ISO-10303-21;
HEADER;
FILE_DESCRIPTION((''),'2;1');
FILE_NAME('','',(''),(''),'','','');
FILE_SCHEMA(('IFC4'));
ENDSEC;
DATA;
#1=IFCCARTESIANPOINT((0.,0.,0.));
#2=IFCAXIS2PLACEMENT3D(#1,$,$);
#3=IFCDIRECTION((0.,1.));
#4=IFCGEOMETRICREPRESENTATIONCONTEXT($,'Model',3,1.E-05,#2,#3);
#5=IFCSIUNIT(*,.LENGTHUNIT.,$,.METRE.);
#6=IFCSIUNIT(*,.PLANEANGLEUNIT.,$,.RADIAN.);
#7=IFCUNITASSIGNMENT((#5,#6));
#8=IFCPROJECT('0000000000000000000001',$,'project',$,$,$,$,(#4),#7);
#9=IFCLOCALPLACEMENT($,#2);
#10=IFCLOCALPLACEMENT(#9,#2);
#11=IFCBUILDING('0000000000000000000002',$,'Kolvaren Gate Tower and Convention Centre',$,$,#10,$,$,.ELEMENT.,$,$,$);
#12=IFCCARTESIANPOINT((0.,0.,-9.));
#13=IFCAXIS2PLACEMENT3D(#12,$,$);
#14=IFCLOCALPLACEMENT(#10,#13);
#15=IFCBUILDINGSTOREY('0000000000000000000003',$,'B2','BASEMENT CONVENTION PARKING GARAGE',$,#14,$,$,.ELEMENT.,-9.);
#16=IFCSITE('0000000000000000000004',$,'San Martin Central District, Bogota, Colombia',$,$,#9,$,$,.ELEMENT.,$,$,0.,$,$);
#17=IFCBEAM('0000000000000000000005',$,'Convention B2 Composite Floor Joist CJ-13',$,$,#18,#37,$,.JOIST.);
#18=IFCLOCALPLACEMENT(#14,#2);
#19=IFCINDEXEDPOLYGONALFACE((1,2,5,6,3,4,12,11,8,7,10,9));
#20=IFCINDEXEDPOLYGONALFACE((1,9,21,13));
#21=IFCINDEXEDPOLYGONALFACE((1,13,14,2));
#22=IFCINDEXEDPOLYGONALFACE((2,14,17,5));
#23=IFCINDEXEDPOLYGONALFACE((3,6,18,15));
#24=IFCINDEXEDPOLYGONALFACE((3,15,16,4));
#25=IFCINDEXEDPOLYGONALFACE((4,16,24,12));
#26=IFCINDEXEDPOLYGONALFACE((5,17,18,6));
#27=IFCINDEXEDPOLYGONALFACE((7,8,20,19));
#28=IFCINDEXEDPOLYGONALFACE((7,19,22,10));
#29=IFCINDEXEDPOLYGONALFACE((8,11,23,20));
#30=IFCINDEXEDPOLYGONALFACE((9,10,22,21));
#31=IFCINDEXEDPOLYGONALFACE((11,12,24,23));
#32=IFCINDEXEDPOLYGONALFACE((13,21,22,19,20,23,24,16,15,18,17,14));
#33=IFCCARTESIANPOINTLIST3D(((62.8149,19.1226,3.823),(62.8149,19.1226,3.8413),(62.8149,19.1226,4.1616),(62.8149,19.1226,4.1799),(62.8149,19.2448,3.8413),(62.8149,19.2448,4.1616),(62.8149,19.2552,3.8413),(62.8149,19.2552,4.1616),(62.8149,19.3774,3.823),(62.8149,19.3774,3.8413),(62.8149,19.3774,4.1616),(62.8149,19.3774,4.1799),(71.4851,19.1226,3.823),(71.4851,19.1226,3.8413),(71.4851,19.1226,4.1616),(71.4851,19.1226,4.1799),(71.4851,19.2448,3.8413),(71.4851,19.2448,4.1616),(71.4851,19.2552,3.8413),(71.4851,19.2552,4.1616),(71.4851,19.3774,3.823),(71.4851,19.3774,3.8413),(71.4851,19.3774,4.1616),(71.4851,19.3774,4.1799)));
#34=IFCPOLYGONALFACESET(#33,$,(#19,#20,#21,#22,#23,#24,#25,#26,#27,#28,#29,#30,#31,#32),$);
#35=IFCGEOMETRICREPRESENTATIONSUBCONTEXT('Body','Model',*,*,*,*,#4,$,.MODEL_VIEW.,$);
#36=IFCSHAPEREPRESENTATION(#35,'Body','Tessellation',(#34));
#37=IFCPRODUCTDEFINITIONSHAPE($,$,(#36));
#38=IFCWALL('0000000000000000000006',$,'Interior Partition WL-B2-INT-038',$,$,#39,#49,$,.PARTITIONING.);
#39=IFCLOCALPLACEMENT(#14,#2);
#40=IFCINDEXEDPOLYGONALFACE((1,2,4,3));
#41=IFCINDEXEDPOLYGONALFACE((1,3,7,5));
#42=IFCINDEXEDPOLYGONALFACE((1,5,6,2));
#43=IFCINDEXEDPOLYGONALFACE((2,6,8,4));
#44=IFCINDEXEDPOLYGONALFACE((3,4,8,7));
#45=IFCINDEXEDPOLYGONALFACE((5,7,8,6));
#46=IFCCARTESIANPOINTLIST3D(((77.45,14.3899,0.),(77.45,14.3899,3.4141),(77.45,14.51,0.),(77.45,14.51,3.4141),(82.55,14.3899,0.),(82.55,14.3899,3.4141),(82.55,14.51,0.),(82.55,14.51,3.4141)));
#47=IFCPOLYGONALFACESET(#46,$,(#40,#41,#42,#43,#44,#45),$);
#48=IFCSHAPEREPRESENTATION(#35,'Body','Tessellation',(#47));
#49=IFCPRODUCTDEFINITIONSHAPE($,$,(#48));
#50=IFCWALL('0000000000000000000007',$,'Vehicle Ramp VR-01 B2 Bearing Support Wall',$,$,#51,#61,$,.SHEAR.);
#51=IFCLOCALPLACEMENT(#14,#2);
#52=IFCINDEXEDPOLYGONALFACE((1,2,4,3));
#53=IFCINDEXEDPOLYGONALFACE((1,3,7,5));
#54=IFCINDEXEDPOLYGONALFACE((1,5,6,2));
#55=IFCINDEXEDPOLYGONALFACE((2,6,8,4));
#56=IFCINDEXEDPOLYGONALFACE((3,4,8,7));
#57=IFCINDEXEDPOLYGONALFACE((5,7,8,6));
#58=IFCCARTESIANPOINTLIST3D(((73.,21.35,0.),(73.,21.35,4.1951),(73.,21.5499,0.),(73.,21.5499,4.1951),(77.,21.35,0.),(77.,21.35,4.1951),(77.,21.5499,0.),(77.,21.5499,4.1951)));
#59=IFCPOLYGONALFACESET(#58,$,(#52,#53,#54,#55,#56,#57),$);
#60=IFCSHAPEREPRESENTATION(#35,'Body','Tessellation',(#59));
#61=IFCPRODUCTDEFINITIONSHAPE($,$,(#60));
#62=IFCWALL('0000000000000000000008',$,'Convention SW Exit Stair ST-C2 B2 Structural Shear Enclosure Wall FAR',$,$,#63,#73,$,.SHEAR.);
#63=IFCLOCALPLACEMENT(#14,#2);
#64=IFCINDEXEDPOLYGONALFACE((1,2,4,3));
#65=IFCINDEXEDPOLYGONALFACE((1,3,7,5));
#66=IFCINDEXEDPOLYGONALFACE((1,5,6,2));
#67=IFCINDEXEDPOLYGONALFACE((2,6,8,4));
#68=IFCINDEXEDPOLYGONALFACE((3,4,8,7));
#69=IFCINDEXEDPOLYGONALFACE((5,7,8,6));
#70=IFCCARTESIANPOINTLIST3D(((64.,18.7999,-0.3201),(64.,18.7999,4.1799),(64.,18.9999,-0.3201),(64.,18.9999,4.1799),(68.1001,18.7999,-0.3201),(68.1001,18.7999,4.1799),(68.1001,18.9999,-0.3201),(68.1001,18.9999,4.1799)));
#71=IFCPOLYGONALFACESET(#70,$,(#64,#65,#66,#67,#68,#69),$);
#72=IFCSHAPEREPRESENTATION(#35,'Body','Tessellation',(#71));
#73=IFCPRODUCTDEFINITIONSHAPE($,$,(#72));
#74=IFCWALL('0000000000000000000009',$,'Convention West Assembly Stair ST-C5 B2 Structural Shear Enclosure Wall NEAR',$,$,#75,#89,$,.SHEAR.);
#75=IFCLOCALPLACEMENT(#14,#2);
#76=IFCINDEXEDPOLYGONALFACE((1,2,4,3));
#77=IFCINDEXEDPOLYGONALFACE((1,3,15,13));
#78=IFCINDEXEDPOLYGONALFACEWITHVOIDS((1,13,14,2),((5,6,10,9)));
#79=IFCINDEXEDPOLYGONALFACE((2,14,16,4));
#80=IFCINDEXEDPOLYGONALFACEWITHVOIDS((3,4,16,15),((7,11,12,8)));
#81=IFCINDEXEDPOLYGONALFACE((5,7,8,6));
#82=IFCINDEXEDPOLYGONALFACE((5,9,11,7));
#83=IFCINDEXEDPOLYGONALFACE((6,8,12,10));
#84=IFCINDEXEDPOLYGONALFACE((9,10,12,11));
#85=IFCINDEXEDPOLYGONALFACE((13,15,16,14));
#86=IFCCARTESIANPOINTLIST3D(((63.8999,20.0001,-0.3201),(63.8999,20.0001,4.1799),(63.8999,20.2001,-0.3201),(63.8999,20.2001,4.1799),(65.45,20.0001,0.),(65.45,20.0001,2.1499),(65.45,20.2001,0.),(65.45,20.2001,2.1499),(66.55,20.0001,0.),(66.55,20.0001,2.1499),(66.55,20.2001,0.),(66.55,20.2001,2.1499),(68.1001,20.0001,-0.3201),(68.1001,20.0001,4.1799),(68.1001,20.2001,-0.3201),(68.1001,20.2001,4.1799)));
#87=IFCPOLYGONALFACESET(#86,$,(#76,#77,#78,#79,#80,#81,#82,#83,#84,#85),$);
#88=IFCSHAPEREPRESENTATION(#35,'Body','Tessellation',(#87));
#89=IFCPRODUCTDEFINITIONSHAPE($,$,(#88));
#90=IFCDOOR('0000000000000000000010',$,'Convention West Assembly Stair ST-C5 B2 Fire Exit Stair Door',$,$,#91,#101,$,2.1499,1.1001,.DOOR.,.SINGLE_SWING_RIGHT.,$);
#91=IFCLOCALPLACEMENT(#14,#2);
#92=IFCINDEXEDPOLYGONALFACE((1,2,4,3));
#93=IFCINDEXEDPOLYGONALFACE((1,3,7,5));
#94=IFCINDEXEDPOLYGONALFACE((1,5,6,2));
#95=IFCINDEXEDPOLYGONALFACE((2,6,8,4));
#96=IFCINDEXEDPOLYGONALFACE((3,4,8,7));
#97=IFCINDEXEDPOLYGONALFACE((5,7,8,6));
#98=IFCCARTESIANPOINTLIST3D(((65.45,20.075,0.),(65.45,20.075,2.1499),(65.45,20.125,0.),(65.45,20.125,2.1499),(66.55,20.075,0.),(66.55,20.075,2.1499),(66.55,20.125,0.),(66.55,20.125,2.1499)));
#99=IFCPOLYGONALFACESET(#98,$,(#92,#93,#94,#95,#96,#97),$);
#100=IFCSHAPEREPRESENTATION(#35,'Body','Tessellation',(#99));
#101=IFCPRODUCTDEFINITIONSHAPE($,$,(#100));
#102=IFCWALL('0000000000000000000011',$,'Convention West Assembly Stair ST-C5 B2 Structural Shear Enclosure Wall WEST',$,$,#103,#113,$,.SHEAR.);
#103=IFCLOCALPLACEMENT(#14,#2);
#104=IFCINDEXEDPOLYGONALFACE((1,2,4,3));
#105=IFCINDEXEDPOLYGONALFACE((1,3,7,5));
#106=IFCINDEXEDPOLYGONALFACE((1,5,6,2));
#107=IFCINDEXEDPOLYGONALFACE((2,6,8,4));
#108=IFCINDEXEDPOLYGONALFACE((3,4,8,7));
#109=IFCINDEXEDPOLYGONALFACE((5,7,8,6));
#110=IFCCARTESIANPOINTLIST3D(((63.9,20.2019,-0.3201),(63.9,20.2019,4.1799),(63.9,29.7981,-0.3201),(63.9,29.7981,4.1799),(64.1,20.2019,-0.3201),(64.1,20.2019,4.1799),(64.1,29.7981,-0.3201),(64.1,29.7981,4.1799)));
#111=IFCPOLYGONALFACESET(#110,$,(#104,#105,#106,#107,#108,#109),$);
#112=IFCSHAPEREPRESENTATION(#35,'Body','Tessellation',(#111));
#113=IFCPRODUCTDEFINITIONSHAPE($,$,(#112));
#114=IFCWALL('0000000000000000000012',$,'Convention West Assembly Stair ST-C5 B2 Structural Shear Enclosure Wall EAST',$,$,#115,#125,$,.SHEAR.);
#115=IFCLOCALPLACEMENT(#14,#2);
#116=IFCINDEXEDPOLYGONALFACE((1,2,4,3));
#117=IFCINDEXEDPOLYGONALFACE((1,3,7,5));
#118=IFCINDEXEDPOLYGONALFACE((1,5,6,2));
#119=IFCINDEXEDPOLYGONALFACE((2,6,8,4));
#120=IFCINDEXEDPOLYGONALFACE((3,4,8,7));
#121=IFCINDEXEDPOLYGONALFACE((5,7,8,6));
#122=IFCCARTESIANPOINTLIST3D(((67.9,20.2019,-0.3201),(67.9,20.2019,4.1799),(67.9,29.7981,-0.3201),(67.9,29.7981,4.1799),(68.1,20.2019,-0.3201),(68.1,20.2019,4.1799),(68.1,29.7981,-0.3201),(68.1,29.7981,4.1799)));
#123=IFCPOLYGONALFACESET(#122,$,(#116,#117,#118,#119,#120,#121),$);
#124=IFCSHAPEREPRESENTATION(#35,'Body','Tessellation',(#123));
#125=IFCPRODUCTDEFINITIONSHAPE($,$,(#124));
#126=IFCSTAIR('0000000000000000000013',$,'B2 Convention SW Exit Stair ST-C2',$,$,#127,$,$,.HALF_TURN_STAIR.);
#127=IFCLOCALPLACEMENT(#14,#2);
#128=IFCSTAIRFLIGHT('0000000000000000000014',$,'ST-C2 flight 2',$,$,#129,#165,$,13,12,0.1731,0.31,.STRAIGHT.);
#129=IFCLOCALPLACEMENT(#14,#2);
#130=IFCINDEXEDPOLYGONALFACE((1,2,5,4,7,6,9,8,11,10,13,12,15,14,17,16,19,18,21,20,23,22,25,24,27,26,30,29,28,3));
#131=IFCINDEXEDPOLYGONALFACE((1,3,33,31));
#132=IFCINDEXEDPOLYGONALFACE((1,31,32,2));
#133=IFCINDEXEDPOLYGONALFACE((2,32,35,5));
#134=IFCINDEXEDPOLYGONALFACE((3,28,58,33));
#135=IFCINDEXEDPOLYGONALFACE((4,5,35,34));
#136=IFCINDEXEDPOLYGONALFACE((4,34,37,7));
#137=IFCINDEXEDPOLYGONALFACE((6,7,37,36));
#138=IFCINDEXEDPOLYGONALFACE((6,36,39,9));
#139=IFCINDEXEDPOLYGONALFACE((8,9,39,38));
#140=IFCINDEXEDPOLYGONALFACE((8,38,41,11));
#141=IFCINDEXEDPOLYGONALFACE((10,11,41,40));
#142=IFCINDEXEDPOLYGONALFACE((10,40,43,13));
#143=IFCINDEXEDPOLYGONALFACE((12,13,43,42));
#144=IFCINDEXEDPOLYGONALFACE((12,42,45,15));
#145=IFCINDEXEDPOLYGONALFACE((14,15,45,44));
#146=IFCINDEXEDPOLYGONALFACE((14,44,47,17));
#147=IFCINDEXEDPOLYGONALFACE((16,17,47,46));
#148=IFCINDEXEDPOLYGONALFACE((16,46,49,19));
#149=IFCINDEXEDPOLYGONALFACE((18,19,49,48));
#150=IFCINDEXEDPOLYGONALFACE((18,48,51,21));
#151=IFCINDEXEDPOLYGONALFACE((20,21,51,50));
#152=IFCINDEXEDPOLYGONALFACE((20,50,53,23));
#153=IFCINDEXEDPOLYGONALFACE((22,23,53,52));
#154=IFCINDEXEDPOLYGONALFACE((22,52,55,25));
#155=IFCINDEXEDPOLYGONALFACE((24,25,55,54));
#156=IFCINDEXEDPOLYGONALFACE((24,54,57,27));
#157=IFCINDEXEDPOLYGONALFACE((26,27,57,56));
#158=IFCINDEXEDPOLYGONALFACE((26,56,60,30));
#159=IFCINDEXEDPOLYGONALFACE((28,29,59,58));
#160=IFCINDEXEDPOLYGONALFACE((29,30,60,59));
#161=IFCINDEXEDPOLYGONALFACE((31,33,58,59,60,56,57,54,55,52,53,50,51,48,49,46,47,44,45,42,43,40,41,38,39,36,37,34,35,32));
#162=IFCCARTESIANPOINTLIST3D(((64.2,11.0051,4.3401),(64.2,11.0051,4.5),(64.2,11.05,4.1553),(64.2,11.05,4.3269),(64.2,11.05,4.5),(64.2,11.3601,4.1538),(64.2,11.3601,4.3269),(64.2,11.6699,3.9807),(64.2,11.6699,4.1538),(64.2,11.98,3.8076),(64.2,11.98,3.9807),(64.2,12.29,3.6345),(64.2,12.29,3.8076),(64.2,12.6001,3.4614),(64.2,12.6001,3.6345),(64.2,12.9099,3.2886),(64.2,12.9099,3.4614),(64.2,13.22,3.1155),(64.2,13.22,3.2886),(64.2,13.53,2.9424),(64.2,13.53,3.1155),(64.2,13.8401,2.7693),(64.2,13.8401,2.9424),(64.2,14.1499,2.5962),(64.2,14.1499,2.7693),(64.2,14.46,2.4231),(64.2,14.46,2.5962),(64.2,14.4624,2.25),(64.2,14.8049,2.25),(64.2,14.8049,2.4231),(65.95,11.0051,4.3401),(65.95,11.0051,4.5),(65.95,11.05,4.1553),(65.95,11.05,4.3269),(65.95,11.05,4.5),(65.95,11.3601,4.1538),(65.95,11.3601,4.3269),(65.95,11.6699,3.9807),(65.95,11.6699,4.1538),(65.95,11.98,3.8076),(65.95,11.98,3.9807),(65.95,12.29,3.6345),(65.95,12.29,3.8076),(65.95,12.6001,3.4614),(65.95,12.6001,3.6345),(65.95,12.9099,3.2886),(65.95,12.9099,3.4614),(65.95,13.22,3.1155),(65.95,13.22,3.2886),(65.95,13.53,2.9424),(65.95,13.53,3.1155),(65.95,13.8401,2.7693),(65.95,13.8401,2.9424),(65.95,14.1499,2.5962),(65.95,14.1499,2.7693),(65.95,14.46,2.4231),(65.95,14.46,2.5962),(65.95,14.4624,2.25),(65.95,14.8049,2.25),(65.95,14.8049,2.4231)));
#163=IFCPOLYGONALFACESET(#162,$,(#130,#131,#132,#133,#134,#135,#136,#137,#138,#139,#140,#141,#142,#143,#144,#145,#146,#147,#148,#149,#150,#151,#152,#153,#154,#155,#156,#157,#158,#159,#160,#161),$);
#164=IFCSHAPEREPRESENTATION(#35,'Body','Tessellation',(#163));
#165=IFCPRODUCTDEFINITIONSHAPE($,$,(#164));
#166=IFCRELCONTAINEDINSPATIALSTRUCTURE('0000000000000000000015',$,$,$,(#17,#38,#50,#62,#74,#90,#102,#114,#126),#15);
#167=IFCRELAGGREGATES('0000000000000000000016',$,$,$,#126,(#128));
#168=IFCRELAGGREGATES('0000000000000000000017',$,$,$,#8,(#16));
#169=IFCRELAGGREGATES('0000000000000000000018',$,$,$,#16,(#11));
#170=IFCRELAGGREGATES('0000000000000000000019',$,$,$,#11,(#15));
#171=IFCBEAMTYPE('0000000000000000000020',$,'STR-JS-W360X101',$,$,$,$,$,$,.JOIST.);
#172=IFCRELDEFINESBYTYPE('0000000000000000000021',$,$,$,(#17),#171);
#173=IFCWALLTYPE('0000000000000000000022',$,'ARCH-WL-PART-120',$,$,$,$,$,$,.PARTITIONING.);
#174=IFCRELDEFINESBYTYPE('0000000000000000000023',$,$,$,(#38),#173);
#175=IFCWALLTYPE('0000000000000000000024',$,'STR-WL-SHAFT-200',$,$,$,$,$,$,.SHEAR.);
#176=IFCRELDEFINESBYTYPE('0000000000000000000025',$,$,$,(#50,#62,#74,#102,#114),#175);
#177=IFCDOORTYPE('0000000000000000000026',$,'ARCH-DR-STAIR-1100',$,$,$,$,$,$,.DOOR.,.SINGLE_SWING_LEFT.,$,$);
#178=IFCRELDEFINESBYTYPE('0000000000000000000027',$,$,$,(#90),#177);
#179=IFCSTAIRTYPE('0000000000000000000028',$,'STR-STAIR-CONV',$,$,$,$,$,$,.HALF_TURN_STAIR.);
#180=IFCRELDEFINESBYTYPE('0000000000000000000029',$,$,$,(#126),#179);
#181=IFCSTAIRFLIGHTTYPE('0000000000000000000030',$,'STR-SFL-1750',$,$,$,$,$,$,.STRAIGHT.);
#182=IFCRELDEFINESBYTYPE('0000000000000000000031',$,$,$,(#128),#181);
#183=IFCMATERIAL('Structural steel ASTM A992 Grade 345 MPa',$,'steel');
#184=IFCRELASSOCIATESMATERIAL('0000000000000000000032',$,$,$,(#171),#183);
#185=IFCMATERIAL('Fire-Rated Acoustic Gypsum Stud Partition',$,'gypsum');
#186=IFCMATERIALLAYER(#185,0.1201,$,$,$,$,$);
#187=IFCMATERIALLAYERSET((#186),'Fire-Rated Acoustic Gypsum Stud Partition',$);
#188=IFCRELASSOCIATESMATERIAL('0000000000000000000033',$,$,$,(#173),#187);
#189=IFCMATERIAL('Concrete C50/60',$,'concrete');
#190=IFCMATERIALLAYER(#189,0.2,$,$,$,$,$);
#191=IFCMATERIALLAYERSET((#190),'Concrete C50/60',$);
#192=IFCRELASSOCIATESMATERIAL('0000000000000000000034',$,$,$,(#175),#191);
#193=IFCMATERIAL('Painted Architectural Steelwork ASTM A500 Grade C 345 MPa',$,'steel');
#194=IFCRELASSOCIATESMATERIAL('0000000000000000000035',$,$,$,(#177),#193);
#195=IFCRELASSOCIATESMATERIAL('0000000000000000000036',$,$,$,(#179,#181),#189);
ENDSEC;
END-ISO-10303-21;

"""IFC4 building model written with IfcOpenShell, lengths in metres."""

from ifc_helpers import new_model, si_unit, direction, frame, frame_2d, origin, origin_2d, place, context, subcontext, project, spatial, polyline, rectangle, i_section, outline, extrude, material, layer, layer_set, material_profile, profile_set, type_object, element, fill, aggregate, save


model = new_model("IFC4")

# Units and contexts
model_context = context("Model", 3, precision=1e-05, world=origin(), true_north=direction((0.0, 1.0)))
body_context = subcontext(model_context, "Body", "Model", "MODEL_VIEW")
ifc_project = project(units=[si_unit("LENGTHUNIT", "METRE"), si_unit("PLANEANGLEUNIT", "RADIAN")], contexts=[model_context])

# Site, building, storey
site_placement = place(None, origin())
site = spatial("IfcSite", under=ifc_project, at=site_placement, Name="San Martin Central District, Bogota, Colombia", CompositionType="ELEMENT", RefElevation=0.0)
building_placement = place(site_placement, origin())
building = spatial("IfcBuilding", under=site, at=building_placement, Name="Kolvaren Gate Tower and Convention Centre", CompositionType="ELEMENT")
storey_placement = place(building_placement, frame((0.0, 0.0, -9.0)))
storey = spatial("IfcBuildingStorey", under=building, at=storey_placement, Name="B2", Description="BASEMENT CONVENTION PARKING GARAGE", CompositionType="ELEMENT", Elevation=-9.0)

# Beam
ifc_material_1 = material(Name="Structural steel ASTM A992 Grade 345 MPa", Category="steel")
ifc_material_profile_1 = material_profile(ifc_material_1, i_section(OverallWidth=0.2549, OverallDepth=0.3569, WebThickness=0.0105, FlangeThickness=0.0183, at=origin_2d()), Name="W360X101")
ifc_profile_set_1 = profile_set([ifc_material_profile_1], Name="Structural steel ASTM A992 Grade 345 MPa")
beam_type_1 = type_object("IfcBeamType", Name="STR-JS-W360X101", PredefinedType="JOIST", material=ifc_profile_set_1)
beam_1_placement = place(storey_placement, frame((62.8149, 19.25, 4.0015), z_axis=(1.0, 0.0, 0.0), x_axis=(0.0, 1.0, 0.0)))
element("IfcBeam", 1, at=beam_1_placement, inside=storey, type_object=beam_type_1, Name="Convention B2 Composite Floor Joist CJ-13", PredefinedType="JOIST", context=body_context, shape_type="SweptSolid", body=[
    extrude(i_section(OverallWidth=0.2549, OverallDepth=0.3569, WebThickness=0.0105, FlangeThickness=0.0183, at=origin_2d()), origin(), (0.0, 0.0, 1.0), 8.6702),
])

# Walls
ifc_material_2 = material(Name="Fire-Rated Acoustic Gypsum Stud Partition", Category="gypsum")
ifc_layer_1 = layer(ifc_material_2, 0.1201)
ifc_layer_set_1 = layer_set([ifc_layer_1], Name="Fire-Rated Acoustic Gypsum Stud Partition")
wall_type_1 = type_object("IfcWallType", Name="ARCH-WL-PART-120", PredefinedType="PARTITIONING", material=ifc_layer_set_1)
wall_1_placement = place(storey_placement, frame((77.45, 14.45, 0.0), z_axis=(0.0, 0.0, 1.0), x_axis=(1.0, 0.0, 0.0)))
element("IfcWall", 2, at=wall_1_placement, inside=storey, type_object=wall_type_1, Name="Interior Partition WL-B2-INT-038", PredefinedType="PARTITIONING", context=body_context, shape_type="SweptSolid", body=[
    extrude(rectangle(XDim=5.1001, YDim=0.1201, at=frame_2d((2.55, 0.0))), origin(), (0.0, 0.0, 1.0), 3.4141),
])
ifc_material_3 = material(Name="Concrete C50/60", Category="concrete")
ifc_layer_2 = layer(ifc_material_3, 0.2)
ifc_layer_set_2 = layer_set([ifc_layer_2], Name="Concrete C50/60")
wall_type_2 = type_object("IfcWallType", Name="STR-WL-SHAFT-200", PredefinedType="SHEAR", material=ifc_layer_set_2)
wall_2_placement = place(storey_placement, frame((73.0, 21.45, 0.0), z_axis=(0.0, 0.0, 1.0), x_axis=(1.0, 0.0, 0.0)))
element("IfcWall", 3, at=wall_2_placement, inside=storey, type_object=wall_type_2, Name="Vehicle Ramp VR-01 B2 Bearing Support Wall", PredefinedType="SHEAR", context=body_context, shape_type="SweptSolid", body=[
    extrude(rectangle(XDim=4.0, YDim=0.2, at=frame_2d((2.0, 0.0))), origin(), (0.0, 0.0, 1.0), 4.1951),
])
wall_3_placement = place(storey_placement, frame((64.0, 18.8999, -0.3201), z_axis=(0.0, 0.0, 1.0), x_axis=(1.0, 0.0, 0.0)))
element("IfcWall", 4, at=wall_3_placement, inside=storey, type_object=wall_type_2, Name="Convention SW Exit Stair ST-C2 B2 Structural Shear Enclosure Wall FAR", PredefinedType="SHEAR", context=body_context, shape_type="SweptSolid", body=[
    extrude(rectangle(XDim=4.1001, YDim=0.2, at=frame_2d((2.05, 0.0))), origin(), (0.0, 0.0, 1.0), 4.5),
])

# Wall, opening, door
wall_4_placement = place(storey_placement, frame((63.8999, 20.1001, -0.3201), z_axis=(0.0, 0.0, 1.0), x_axis=(1.0, 0.0, 0.0)))
wall_4 = element("IfcWall", 5, at=wall_4_placement, inside=storey, type_object=wall_type_2, Name="Convention West Assembly Stair ST-C5 B2 Structural Shear Enclosure Wall NEAR", PredefinedType="SHEAR", context=body_context, shape_type="SweptSolid", body=[
    extrude(rectangle(XDim=4.2002, YDim=0.2, at=frame_2d((2.1001, 0.0))), origin(), (0.0, 0.0, 1.0), 4.5),
])
opening_placement = place(wall_4_placement, frame((1.55, 0.0, 0.3201)))
opening = element("IfcOpeningElement", 6, at=opening_placement, cuts=wall_4, PredefinedType="OPENING", context=body_context, shape_type="SweptSolid", body=[
    extrude(rectangle(XDim=1.1001, YDim=2.1499, at=frame_2d((0.55, 1.075))), frame((0.0, 0.1099, 0.0), z_axis=(0.0, -1.0, 0.0), x_axis=(1.0, 0.0, 0.0)), (0.0, 0.0, 1.0), 0.22),
])
ifc_material_4 = material(Name="Painted Architectural Steelwork ASTM A500 Grade C 345 MPa", Category="steel")
door_type = type_object("IfcDoorType", Name="ARCH-DR-STAIR-1100", OperationType="SINGLE_SWING_LEFT", PredefinedType="DOOR", material=ifc_material_4)
door_placement = place(opening_placement, origin())
door = element("IfcDoor", 7, at=door_placement, inside=storey, type_object=door_type, Name="Convention West Assembly Stair ST-C5 B2 Fire Exit Stair Door", OperationType="SINGLE_SWING_RIGHT", OverallHeight=2.1499, OverallWidth=1.1001, PredefinedType="DOOR", context=body_context, shape_type="SweptSolid", body=[
    extrude(rectangle(XDim=1.1001, YDim=2.1499, at=frame_2d((0.55, 1.075))), frame((0.0, 0.0249, 0.0), z_axis=(0.0, -1.0, 0.0), x_axis=(1.0, 0.0, 0.0)), (0.0, 0.0, 1.0), 0.05),
])
fill(opening, door)

# Walls
for number, where, z_axis, x_axis, name in (
    (8, (64.0, 20.2019, -0.3201), (0.0, 0.0, 1.0), (0.0, 1.0, 0.0), "Convention West Assembly Stair ST-C5 B2 Structural Shear Enclosure Wall WEST"),
    (9, (68.0, 20.2019, -0.3201), (0.0, 0.0, 1.0), (0.0, 1.0, 0.0), "Convention West Assembly Stair ST-C5 B2 Structural Shear Enclosure Wall EAST"),
):
    element("IfcWall", number, at=place(storey_placement, frame(where, z_axis=z_axis, x_axis=x_axis)), inside=storey, type_object=wall_type_2, Name=name, PredefinedType="SHEAR", context=body_context, shape_type="SweptSolid", body=[
        extrude(rectangle(XDim=9.5962, YDim=0.2, at=frame_2d((4.7981, 0.0))), origin(), (0.0, 0.0, 1.0), 4.5),
    ])

# Stair, stair flight
stair_type = type_object("IfcStairType", Name="STR-STAIR-CONV", PredefinedType="HALF_TURN_STAIR", material=ifc_material_3)
stair_1_placement = place(storey_placement, origin())
stair_1 = element("IfcStair", 10, at=stair_1_placement, inside=storey, type_object=stair_type, Name="B2 Convention SW Exit Stair ST-C2", PredefinedType="HALF_TURN_STAIR")
stair_flight_type = type_object("IfcStairFlightType", Name="STR-SFL-1750", PredefinedType="STRAIGHT", material=ifc_material_3)
stair_flight_1_placement = place(storey_placement, frame((65.075, 14.77, 2.25), z_axis=(0.0, 0.0, 1.0), x_axis=(0.0, -1.0, 0.0)))
stair_flight_1 = element("IfcStairFlight", 11, at=stair_flight_1_placement, type_object=stair_flight_type, Name="ST-C2 flight 2", NumberOfRisers=13, NumberOfTreads=12, PredefinedType="STRAIGHT", RiserHeight=0.1731, TreadLength=0.31, context=body_context, shape_type="SweptSolid", body=[
    extrude(outline(polyline([(-0.0349, 0.0), (-0.0349, 0.1731), (0.3101, 0.1731), (0.3101, 0.3462), (0.6201, 0.3462), (0.6201, 0.5193), (0.9299, 0.5193), (0.9299, 0.6924), (1.24, 0.6924), (1.24, 0.8655), (1.55, 0.8655), (1.55, 1.0386), (1.8601, 1.0386), (1.8601, 1.2114), (2.1699, 1.2114), (2.1699, 1.3845), (2.48, 1.3845), (2.48, 1.5576), (2.79, 1.5576), (2.79, 1.7307), (3.1001, 1.7307), (3.1001, 1.9038), (3.4099, 1.9038), (3.4099, 2.0769), (3.72, 2.0769), (3.72, 2.25), (3.7649, 2.25), (3.7649, 2.0901), (3.72, 1.9053), (0.3076, 0.0), (-0.0349, 0.0)])), frame((0.0, 0.875, 0.0), z_axis=(0.0, -1.0, 0.0), x_axis=(1.0, 0.0, 0.0)), (0.0, 0.0, 1.0), 1.75),
])
aggregate(stair_1, [stair_flight_1])

save(model, "model.ifc")
